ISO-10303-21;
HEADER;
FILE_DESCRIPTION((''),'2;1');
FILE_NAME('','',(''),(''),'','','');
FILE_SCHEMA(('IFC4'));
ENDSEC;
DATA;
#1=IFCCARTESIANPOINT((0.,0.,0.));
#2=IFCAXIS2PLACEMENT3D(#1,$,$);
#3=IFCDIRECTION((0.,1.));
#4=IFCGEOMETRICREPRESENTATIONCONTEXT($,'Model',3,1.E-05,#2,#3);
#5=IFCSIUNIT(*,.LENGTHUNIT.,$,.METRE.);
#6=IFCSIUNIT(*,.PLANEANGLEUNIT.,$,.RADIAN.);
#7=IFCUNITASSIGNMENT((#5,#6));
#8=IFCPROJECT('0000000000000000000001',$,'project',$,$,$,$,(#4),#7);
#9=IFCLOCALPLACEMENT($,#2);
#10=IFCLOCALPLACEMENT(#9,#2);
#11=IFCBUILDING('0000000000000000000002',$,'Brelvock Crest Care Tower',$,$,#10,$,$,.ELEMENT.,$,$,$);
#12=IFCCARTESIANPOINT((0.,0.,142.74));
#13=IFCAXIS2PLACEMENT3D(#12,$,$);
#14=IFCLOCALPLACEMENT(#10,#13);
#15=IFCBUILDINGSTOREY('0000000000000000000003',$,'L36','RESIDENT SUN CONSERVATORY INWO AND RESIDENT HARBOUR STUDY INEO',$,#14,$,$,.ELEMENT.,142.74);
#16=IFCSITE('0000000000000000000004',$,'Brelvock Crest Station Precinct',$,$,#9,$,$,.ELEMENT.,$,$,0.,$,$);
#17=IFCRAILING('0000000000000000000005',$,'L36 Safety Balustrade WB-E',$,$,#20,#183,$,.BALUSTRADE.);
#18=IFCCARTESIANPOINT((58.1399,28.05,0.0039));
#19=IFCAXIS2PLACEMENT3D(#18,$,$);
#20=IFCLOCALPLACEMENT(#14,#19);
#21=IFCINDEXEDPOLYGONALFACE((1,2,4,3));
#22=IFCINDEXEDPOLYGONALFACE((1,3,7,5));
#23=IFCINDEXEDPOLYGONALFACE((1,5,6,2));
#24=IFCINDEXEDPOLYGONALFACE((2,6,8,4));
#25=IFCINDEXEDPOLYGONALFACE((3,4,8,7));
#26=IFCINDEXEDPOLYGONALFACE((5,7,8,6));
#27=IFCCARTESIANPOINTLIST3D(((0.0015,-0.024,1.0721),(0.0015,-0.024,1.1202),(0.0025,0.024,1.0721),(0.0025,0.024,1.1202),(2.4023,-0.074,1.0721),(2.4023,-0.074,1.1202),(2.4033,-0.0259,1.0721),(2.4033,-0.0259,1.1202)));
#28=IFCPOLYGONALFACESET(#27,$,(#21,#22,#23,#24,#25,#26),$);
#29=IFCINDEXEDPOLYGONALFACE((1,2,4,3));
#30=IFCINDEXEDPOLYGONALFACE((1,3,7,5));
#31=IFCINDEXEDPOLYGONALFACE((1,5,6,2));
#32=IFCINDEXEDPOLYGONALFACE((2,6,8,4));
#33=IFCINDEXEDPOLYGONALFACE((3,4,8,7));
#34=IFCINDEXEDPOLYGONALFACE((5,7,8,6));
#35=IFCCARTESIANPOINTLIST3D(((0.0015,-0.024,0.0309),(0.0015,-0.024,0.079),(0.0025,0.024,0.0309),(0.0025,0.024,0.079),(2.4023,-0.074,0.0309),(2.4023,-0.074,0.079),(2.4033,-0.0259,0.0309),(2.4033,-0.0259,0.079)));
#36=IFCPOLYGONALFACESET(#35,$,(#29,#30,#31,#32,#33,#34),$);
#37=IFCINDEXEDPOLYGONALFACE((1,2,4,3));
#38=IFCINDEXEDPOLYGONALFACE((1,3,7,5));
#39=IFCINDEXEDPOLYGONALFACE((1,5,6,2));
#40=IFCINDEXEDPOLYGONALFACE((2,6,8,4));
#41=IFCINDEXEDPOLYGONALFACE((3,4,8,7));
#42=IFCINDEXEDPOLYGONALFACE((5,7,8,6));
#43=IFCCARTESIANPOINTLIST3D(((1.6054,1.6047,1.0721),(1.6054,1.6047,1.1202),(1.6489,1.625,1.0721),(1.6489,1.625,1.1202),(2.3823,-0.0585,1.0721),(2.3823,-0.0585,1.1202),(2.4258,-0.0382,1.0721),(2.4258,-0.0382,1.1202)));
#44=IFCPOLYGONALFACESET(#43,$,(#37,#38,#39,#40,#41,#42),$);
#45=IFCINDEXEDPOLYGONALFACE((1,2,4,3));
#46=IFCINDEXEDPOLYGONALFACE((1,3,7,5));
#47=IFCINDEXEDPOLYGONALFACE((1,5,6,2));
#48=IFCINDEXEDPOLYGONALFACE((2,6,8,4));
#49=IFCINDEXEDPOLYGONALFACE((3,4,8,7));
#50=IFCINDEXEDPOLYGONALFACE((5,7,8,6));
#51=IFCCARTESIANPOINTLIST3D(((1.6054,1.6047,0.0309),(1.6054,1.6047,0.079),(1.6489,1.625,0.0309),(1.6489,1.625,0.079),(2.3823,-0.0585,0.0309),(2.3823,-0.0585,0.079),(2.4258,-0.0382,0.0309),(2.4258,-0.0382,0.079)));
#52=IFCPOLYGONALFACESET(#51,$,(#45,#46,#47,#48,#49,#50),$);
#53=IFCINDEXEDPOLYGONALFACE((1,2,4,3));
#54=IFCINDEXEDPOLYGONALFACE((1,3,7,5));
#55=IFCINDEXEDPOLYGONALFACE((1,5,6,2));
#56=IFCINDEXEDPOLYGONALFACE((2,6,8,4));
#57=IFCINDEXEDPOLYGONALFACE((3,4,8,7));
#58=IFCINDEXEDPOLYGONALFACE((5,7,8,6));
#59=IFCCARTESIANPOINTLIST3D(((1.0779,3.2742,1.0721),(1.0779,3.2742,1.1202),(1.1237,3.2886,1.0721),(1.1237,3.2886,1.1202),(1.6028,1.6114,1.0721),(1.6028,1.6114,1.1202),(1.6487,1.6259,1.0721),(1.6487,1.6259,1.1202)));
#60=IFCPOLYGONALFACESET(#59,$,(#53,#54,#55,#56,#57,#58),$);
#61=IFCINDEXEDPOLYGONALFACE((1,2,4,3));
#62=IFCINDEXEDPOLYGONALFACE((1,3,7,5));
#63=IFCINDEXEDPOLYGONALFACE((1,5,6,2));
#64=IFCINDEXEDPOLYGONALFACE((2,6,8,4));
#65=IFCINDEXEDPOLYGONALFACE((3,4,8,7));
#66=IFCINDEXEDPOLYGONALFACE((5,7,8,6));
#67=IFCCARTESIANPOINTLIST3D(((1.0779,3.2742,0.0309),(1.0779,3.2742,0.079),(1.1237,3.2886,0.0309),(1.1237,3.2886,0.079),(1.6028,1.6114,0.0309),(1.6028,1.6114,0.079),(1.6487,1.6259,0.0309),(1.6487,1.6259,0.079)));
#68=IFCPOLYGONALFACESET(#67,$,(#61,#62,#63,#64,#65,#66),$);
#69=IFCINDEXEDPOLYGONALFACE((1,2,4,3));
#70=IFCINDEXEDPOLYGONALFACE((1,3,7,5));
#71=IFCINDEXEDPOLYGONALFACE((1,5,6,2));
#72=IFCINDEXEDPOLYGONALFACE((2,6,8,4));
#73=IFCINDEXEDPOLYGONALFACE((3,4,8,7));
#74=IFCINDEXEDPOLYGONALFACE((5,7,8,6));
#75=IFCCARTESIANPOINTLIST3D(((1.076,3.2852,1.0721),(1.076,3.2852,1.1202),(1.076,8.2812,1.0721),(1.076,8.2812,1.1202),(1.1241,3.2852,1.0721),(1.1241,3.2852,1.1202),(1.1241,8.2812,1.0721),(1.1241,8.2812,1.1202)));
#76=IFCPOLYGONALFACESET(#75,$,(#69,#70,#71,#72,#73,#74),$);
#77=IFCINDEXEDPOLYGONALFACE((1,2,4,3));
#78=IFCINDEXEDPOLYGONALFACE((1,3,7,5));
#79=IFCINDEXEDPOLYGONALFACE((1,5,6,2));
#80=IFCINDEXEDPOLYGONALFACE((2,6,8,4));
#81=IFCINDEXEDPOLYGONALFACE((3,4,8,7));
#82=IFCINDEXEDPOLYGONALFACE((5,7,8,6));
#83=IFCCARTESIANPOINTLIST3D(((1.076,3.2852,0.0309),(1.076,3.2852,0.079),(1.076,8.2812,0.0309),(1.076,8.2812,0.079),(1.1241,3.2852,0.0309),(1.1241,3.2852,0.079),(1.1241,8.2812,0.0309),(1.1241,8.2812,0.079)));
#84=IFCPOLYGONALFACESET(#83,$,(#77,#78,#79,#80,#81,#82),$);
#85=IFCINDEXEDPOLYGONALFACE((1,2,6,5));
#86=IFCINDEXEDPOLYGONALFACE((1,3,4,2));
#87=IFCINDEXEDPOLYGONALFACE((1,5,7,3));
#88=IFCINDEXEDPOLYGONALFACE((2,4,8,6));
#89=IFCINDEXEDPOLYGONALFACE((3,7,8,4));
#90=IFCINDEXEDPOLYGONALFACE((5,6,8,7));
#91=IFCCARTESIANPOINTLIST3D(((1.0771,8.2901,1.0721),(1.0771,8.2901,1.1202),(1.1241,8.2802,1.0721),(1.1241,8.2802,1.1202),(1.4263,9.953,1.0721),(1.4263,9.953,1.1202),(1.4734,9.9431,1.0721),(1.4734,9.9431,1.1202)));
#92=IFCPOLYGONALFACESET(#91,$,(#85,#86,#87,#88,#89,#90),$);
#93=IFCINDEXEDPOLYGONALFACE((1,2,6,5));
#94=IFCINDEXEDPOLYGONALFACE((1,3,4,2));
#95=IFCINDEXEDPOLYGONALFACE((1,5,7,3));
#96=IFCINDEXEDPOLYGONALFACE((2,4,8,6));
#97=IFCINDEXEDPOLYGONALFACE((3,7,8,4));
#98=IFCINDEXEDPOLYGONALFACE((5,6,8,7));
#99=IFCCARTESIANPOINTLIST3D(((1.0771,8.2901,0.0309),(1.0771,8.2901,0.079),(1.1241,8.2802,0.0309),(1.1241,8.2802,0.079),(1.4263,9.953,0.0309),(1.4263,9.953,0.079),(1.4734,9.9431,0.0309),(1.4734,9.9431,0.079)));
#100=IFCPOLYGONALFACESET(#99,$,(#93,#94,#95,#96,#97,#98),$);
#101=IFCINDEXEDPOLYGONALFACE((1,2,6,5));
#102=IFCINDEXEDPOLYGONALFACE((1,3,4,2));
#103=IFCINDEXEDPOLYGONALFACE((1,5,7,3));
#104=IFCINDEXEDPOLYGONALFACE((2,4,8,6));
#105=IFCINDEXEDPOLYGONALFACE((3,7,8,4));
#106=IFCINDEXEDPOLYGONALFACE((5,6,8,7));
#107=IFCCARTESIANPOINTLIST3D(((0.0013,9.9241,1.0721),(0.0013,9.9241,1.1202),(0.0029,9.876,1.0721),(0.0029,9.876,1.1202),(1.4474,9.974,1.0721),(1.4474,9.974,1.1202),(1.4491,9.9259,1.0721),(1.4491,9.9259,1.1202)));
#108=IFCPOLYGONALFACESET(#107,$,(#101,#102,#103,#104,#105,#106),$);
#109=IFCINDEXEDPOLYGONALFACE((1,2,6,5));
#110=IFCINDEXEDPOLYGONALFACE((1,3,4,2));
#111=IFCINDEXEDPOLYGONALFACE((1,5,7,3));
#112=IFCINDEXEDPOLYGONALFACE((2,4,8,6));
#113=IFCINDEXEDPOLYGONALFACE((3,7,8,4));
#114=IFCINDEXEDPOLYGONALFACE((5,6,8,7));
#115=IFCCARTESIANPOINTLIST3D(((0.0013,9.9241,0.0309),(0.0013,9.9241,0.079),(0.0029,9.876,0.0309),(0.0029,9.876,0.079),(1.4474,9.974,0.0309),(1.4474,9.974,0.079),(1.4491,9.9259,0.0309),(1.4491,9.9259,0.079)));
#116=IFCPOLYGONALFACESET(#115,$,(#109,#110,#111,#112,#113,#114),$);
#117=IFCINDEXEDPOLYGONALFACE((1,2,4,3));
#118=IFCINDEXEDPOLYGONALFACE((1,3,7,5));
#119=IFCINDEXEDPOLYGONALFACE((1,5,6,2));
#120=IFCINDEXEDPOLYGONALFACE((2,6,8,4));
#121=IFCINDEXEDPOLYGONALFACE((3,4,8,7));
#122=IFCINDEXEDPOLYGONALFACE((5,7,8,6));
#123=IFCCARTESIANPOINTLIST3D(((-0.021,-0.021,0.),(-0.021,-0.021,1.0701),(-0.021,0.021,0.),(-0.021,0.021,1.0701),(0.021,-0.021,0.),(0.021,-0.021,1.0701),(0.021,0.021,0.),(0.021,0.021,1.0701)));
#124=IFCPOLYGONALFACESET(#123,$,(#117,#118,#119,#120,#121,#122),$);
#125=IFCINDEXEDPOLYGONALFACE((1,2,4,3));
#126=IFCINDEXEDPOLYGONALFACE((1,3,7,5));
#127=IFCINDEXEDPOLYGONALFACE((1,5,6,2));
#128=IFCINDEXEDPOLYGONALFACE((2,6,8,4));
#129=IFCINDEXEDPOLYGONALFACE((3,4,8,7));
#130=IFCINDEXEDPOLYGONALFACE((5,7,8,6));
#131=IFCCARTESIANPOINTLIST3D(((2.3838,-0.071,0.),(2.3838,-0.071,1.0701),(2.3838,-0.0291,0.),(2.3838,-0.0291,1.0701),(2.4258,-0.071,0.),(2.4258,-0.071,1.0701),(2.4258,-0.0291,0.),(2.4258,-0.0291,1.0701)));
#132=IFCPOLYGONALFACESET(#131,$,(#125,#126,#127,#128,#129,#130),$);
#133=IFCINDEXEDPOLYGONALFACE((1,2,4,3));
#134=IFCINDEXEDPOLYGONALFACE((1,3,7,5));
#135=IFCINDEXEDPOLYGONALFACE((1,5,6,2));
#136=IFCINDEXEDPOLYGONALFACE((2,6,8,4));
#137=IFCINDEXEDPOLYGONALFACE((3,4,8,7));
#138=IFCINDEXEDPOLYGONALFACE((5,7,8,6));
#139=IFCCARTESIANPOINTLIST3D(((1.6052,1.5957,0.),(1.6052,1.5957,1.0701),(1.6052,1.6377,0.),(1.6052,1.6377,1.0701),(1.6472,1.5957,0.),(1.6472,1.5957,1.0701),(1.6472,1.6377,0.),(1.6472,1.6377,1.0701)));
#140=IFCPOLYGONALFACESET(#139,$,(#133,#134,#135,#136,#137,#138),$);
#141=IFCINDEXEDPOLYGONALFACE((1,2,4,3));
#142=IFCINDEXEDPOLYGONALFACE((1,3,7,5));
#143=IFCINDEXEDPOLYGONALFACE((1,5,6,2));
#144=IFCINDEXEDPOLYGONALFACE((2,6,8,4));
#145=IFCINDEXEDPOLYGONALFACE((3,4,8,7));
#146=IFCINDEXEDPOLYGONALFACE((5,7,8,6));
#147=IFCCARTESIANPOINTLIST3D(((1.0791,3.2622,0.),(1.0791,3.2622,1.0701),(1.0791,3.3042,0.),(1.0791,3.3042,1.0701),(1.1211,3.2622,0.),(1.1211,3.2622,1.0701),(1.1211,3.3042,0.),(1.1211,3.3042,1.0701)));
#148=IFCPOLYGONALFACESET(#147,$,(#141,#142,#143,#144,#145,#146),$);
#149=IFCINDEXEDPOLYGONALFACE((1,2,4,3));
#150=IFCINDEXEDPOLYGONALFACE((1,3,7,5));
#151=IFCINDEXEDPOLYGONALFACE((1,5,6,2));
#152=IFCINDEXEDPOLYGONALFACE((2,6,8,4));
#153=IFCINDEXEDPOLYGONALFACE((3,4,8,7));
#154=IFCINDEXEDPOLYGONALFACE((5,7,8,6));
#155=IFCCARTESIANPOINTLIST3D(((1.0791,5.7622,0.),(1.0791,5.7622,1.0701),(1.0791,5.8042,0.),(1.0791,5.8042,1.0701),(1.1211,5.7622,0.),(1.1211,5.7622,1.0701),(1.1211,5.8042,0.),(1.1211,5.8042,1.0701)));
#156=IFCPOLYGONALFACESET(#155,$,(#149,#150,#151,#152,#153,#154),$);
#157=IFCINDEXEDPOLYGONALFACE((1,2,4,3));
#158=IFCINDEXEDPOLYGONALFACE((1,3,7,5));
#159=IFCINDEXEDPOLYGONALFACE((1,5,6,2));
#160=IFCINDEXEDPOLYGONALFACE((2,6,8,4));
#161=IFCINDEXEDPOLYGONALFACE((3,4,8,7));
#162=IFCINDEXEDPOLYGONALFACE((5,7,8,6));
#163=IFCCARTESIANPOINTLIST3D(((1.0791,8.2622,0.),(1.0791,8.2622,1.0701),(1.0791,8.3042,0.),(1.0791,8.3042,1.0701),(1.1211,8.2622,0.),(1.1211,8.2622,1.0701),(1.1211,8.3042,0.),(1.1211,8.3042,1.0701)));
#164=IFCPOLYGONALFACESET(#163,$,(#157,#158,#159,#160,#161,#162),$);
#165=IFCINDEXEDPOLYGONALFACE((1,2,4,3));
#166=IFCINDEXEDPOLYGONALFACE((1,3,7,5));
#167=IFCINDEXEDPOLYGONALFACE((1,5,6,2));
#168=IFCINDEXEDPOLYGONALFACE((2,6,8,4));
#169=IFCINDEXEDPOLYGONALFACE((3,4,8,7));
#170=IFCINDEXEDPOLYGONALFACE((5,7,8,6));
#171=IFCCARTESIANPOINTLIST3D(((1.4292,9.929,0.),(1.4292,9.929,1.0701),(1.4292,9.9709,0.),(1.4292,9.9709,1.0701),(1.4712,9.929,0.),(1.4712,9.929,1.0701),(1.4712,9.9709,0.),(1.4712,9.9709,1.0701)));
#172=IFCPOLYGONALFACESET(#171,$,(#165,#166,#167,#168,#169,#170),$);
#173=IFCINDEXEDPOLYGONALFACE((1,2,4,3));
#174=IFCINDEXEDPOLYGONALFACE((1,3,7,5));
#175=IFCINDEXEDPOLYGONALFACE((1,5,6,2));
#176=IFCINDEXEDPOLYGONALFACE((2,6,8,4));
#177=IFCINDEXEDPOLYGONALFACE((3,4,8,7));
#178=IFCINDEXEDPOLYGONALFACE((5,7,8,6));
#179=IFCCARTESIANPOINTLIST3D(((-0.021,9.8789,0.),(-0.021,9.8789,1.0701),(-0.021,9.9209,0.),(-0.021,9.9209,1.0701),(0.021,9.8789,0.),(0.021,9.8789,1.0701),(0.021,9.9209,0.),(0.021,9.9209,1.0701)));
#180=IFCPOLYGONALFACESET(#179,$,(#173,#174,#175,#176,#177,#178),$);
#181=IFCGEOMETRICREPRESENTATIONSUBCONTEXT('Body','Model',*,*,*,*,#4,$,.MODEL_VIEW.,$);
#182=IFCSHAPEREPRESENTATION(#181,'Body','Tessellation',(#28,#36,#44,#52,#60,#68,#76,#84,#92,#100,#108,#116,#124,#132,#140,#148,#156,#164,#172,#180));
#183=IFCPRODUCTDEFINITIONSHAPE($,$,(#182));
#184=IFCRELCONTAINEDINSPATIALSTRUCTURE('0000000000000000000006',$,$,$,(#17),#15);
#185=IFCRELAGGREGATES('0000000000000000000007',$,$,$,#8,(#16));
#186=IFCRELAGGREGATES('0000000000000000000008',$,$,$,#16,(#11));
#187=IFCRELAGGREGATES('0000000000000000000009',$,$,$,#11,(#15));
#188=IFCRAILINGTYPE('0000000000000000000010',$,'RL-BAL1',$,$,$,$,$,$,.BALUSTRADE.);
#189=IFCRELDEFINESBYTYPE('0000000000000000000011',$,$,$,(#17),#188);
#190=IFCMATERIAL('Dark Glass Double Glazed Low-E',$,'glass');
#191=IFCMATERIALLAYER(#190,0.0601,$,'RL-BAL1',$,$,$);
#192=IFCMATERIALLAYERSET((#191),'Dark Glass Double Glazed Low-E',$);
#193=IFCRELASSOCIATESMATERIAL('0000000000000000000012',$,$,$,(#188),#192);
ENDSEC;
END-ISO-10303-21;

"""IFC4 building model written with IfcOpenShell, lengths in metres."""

from ifc_helpers import new_model, si_unit, direction, frame, origin, origin_2d, place, context, subcontext, project, spatial, rectangle, extrude, material, layer, layer_set, type_object, element, save


model = new_model("IFC4")

# Units and contexts
model_context = context("Model", 3, precision=1e-05, world=origin(), true_north=direction((0.0, 1.0)))
body_context = subcontext(model_context, "Body", "Model", "MODEL_VIEW")
ifc_project = project(units=[si_unit("LENGTHUNIT", "METRE"), si_unit("PLANEANGLEUNIT", "RADIAN")], contexts=[model_context])

# Site, building, storey
site_placement = place(None, origin())
site = spatial("IfcSite", under=ifc_project, at=site_placement, Name="Brelvock Crest Station Precinct", CompositionType="ELEMENT", RefElevation=0.0)
building_placement = place(site_placement, origin())
building = spatial("IfcBuilding", under=site, at=building_placement, Name="Brelvock Crest Care Tower", CompositionType="ELEMENT")
storey_placement = place(building_placement, frame((0.0, 0.0, 142.74)))
storey = spatial("IfcBuildingStorey", under=building, at=storey_placement, Name="L36", Description="RESIDENT SUN CONSERVATORY INWO AND RESIDENT HARBOUR STUDY INEO", CompositionType="ELEMENT", Elevation=142.74)

# Shared definitions
ifc_material_1 = material(Name="Dark Glass Double Glazed Low-E", Category="glass")

# Railing
ifc_layer_1 = layer(ifc_material_1, 0.0601, Name="RL-BAL1")
ifc_layer_set_1 = layer_set([ifc_layer_1], Name="Dark Glass Double Glazed Low-E")
railing_type = type_object("IfcRailingType", Name="RL-BAL1", PredefinedType="BALUSTRADE", material=ifc_layer_set_1)
railing_placement = place(storey_placement, frame((58.1399, 28.05, 0.0039)))
element("IfcRailing", 1, at=railing_placement, inside=storey, type_object=railing_type, Name="L36 Safety Balustrade WB-E", PredefinedType="BALUSTRADE", context=body_context, shape_type="SweptSolid", body=[
    extrude(rectangle(XDim=0.0481, YDim=0.0481, at=origin_2d()), frame((0.002, 0.0, 1.0962), z_axis=(0.999783, -0.020808, 0.0), x_axis=(0.020808, 0.999783, 0.0)), (0.0, 0.0, 1.0), 2.4014),
    extrude(rectangle(XDim=0.0481, YDim=0.0481, at=origin_2d()), frame((0.002, 0.0, 0.0549), z_axis=(0.999783, -0.020808, 0.0), x_axis=(0.020808, 0.999783, 0.0)), (0.0, 0.0, 1.0), 2.4014),
    extrude(rectangle(XDim=0.0481, YDim=0.0481, at=origin_2d()), frame((2.4041, -0.0483, 1.0962), z_axis=(-0.42322, 0.906027, 0.0), x_axis=(-0.906027, -0.42322, 0.0)), (0.0, 0.0, 1.0), 1.8357),
    extrude(rectangle(XDim=0.0481, YDim=0.0481, at=origin_2d()), frame((2.4041, -0.0483, 0.0549), z_axis=(-0.42322, 0.906027, 0.0), x_axis=(-0.906027, -0.42322, 0.0)), (0.0, 0.0, 1.0), 1.8357),
    extrude(rectangle(XDim=0.0481, YDim=0.0481, at=origin_2d()), frame((1.6257, 1.6187, 1.0962), z_axis=(-0.301058, 0.953606, 0.0), x_axis=(-0.953606, -0.301058, 0.0)), (0.0, 0.0, 1.0), 1.7437),
    extrude(rectangle(XDim=0.0481, YDim=0.0481, at=origin_2d()), frame((1.6257, 1.6187, 0.0549), z_axis=(-0.301058, 0.953606, 0.0), x_axis=(-0.953606, -0.301058, 0.0)), (0.0, 0.0, 1.0), 1.7437),
    extrude(rectangle(XDim=0.0481, YDim=0.0481, at=origin_2d()), frame((1.1001, 3.2852, 1.0962), z_axis=(0.0, 1.0, 0.0), x_axis=(-1.0, 0.0, 0.0)), (0.0, 0.0, 1.0), 4.9961),
    extrude(rectangle(XDim=0.0481, YDim=0.0481, at=origin_2d()), frame((1.1001, 3.2852, 0.0549), z_axis=(0.0, 1.0, 0.0), x_axis=(-1.0, 0.0, 0.0)), (0.0, 0.0, 1.0), 4.9961),
    extrude(rectangle(XDim=0.0481, YDim=0.0481, at=origin_2d()), frame((1.1006, 8.2852, 1.0962), z_axis=(0.205563, 0.978644, 0.0), x_axis=(-0.978644, 0.205563, 0.0)), (0.0, 0.0, 1.0), 1.6992),
    extrude(rectangle(XDim=0.0481, YDim=0.0481, at=origin_2d()), frame((1.1006, 8.2852, 0.0549), z_axis=(0.205563, 0.978644, 0.0), x_axis=(-0.978644, 0.205563, 0.0)), (0.0, 0.0, 1.0), 1.6992),
    extrude(rectangle(XDim=0.0481, YDim=0.0481, at=origin_2d()), frame((1.4482, 9.95, 1.0962), z_axis=(-0.999405, -0.034491, 0.0), x_axis=(0.034491, -0.999405, 0.0)), (0.0, 0.0, 1.0), 1.447),
    extrude(rectangle(XDim=0.0481, YDim=0.0481, at=origin_2d()), frame((1.4482, 9.95, 0.0549), z_axis=(-0.999405, -0.034491, 0.0), x_axis=(0.034491, -0.999405, 0.0)), (0.0, 0.0, 1.0), 1.447),
    extrude(rectangle(XDim=0.042, YDim=0.042, at=origin_2d()), origin(), (0.0, 0.0, 1.0), 1.0701),
    extrude(rectangle(XDim=0.042, YDim=0.042, at=origin_2d()), frame((2.4048, -0.05, 0.0)), (0.0, 0.0, 1.0), 1.0701),
    extrude(rectangle(XDim=0.042, YDim=0.042, at=origin_2d()), frame((1.6262, 1.6167, 0.0)), (0.0, 0.0, 1.0), 1.0701),
    extrude(rectangle(XDim=0.042, YDim=0.042, at=origin_2d()), frame((1.1001, 3.2832, 0.0)), (0.0, 0.0, 1.0), 1.0701),
    extrude(rectangle(XDim=0.042, YDim=0.042, at=origin_2d()), frame((1.1001, 5.7832, 0.0)), (0.0, 0.0, 1.0), 1.0701),
    extrude(rectangle(XDim=0.042, YDim=0.042, at=origin_2d()), frame((1.1001, 8.2832, 0.0)), (0.0, 0.0, 1.0), 1.0701),
    extrude(rectangle(XDim=0.042, YDim=0.042, at=origin_2d()), frame((1.4502, 9.95, 0.0)), (0.0, 0.0, 1.0), 1.0701),
    extrude(rectangle(XDim=0.042, YDim=0.042, at=origin_2d()), frame((0.0, 9.8999, 0.0)), (0.0, 0.0, 1.0), 1.0701),
])

save(model, "model.ifc")
